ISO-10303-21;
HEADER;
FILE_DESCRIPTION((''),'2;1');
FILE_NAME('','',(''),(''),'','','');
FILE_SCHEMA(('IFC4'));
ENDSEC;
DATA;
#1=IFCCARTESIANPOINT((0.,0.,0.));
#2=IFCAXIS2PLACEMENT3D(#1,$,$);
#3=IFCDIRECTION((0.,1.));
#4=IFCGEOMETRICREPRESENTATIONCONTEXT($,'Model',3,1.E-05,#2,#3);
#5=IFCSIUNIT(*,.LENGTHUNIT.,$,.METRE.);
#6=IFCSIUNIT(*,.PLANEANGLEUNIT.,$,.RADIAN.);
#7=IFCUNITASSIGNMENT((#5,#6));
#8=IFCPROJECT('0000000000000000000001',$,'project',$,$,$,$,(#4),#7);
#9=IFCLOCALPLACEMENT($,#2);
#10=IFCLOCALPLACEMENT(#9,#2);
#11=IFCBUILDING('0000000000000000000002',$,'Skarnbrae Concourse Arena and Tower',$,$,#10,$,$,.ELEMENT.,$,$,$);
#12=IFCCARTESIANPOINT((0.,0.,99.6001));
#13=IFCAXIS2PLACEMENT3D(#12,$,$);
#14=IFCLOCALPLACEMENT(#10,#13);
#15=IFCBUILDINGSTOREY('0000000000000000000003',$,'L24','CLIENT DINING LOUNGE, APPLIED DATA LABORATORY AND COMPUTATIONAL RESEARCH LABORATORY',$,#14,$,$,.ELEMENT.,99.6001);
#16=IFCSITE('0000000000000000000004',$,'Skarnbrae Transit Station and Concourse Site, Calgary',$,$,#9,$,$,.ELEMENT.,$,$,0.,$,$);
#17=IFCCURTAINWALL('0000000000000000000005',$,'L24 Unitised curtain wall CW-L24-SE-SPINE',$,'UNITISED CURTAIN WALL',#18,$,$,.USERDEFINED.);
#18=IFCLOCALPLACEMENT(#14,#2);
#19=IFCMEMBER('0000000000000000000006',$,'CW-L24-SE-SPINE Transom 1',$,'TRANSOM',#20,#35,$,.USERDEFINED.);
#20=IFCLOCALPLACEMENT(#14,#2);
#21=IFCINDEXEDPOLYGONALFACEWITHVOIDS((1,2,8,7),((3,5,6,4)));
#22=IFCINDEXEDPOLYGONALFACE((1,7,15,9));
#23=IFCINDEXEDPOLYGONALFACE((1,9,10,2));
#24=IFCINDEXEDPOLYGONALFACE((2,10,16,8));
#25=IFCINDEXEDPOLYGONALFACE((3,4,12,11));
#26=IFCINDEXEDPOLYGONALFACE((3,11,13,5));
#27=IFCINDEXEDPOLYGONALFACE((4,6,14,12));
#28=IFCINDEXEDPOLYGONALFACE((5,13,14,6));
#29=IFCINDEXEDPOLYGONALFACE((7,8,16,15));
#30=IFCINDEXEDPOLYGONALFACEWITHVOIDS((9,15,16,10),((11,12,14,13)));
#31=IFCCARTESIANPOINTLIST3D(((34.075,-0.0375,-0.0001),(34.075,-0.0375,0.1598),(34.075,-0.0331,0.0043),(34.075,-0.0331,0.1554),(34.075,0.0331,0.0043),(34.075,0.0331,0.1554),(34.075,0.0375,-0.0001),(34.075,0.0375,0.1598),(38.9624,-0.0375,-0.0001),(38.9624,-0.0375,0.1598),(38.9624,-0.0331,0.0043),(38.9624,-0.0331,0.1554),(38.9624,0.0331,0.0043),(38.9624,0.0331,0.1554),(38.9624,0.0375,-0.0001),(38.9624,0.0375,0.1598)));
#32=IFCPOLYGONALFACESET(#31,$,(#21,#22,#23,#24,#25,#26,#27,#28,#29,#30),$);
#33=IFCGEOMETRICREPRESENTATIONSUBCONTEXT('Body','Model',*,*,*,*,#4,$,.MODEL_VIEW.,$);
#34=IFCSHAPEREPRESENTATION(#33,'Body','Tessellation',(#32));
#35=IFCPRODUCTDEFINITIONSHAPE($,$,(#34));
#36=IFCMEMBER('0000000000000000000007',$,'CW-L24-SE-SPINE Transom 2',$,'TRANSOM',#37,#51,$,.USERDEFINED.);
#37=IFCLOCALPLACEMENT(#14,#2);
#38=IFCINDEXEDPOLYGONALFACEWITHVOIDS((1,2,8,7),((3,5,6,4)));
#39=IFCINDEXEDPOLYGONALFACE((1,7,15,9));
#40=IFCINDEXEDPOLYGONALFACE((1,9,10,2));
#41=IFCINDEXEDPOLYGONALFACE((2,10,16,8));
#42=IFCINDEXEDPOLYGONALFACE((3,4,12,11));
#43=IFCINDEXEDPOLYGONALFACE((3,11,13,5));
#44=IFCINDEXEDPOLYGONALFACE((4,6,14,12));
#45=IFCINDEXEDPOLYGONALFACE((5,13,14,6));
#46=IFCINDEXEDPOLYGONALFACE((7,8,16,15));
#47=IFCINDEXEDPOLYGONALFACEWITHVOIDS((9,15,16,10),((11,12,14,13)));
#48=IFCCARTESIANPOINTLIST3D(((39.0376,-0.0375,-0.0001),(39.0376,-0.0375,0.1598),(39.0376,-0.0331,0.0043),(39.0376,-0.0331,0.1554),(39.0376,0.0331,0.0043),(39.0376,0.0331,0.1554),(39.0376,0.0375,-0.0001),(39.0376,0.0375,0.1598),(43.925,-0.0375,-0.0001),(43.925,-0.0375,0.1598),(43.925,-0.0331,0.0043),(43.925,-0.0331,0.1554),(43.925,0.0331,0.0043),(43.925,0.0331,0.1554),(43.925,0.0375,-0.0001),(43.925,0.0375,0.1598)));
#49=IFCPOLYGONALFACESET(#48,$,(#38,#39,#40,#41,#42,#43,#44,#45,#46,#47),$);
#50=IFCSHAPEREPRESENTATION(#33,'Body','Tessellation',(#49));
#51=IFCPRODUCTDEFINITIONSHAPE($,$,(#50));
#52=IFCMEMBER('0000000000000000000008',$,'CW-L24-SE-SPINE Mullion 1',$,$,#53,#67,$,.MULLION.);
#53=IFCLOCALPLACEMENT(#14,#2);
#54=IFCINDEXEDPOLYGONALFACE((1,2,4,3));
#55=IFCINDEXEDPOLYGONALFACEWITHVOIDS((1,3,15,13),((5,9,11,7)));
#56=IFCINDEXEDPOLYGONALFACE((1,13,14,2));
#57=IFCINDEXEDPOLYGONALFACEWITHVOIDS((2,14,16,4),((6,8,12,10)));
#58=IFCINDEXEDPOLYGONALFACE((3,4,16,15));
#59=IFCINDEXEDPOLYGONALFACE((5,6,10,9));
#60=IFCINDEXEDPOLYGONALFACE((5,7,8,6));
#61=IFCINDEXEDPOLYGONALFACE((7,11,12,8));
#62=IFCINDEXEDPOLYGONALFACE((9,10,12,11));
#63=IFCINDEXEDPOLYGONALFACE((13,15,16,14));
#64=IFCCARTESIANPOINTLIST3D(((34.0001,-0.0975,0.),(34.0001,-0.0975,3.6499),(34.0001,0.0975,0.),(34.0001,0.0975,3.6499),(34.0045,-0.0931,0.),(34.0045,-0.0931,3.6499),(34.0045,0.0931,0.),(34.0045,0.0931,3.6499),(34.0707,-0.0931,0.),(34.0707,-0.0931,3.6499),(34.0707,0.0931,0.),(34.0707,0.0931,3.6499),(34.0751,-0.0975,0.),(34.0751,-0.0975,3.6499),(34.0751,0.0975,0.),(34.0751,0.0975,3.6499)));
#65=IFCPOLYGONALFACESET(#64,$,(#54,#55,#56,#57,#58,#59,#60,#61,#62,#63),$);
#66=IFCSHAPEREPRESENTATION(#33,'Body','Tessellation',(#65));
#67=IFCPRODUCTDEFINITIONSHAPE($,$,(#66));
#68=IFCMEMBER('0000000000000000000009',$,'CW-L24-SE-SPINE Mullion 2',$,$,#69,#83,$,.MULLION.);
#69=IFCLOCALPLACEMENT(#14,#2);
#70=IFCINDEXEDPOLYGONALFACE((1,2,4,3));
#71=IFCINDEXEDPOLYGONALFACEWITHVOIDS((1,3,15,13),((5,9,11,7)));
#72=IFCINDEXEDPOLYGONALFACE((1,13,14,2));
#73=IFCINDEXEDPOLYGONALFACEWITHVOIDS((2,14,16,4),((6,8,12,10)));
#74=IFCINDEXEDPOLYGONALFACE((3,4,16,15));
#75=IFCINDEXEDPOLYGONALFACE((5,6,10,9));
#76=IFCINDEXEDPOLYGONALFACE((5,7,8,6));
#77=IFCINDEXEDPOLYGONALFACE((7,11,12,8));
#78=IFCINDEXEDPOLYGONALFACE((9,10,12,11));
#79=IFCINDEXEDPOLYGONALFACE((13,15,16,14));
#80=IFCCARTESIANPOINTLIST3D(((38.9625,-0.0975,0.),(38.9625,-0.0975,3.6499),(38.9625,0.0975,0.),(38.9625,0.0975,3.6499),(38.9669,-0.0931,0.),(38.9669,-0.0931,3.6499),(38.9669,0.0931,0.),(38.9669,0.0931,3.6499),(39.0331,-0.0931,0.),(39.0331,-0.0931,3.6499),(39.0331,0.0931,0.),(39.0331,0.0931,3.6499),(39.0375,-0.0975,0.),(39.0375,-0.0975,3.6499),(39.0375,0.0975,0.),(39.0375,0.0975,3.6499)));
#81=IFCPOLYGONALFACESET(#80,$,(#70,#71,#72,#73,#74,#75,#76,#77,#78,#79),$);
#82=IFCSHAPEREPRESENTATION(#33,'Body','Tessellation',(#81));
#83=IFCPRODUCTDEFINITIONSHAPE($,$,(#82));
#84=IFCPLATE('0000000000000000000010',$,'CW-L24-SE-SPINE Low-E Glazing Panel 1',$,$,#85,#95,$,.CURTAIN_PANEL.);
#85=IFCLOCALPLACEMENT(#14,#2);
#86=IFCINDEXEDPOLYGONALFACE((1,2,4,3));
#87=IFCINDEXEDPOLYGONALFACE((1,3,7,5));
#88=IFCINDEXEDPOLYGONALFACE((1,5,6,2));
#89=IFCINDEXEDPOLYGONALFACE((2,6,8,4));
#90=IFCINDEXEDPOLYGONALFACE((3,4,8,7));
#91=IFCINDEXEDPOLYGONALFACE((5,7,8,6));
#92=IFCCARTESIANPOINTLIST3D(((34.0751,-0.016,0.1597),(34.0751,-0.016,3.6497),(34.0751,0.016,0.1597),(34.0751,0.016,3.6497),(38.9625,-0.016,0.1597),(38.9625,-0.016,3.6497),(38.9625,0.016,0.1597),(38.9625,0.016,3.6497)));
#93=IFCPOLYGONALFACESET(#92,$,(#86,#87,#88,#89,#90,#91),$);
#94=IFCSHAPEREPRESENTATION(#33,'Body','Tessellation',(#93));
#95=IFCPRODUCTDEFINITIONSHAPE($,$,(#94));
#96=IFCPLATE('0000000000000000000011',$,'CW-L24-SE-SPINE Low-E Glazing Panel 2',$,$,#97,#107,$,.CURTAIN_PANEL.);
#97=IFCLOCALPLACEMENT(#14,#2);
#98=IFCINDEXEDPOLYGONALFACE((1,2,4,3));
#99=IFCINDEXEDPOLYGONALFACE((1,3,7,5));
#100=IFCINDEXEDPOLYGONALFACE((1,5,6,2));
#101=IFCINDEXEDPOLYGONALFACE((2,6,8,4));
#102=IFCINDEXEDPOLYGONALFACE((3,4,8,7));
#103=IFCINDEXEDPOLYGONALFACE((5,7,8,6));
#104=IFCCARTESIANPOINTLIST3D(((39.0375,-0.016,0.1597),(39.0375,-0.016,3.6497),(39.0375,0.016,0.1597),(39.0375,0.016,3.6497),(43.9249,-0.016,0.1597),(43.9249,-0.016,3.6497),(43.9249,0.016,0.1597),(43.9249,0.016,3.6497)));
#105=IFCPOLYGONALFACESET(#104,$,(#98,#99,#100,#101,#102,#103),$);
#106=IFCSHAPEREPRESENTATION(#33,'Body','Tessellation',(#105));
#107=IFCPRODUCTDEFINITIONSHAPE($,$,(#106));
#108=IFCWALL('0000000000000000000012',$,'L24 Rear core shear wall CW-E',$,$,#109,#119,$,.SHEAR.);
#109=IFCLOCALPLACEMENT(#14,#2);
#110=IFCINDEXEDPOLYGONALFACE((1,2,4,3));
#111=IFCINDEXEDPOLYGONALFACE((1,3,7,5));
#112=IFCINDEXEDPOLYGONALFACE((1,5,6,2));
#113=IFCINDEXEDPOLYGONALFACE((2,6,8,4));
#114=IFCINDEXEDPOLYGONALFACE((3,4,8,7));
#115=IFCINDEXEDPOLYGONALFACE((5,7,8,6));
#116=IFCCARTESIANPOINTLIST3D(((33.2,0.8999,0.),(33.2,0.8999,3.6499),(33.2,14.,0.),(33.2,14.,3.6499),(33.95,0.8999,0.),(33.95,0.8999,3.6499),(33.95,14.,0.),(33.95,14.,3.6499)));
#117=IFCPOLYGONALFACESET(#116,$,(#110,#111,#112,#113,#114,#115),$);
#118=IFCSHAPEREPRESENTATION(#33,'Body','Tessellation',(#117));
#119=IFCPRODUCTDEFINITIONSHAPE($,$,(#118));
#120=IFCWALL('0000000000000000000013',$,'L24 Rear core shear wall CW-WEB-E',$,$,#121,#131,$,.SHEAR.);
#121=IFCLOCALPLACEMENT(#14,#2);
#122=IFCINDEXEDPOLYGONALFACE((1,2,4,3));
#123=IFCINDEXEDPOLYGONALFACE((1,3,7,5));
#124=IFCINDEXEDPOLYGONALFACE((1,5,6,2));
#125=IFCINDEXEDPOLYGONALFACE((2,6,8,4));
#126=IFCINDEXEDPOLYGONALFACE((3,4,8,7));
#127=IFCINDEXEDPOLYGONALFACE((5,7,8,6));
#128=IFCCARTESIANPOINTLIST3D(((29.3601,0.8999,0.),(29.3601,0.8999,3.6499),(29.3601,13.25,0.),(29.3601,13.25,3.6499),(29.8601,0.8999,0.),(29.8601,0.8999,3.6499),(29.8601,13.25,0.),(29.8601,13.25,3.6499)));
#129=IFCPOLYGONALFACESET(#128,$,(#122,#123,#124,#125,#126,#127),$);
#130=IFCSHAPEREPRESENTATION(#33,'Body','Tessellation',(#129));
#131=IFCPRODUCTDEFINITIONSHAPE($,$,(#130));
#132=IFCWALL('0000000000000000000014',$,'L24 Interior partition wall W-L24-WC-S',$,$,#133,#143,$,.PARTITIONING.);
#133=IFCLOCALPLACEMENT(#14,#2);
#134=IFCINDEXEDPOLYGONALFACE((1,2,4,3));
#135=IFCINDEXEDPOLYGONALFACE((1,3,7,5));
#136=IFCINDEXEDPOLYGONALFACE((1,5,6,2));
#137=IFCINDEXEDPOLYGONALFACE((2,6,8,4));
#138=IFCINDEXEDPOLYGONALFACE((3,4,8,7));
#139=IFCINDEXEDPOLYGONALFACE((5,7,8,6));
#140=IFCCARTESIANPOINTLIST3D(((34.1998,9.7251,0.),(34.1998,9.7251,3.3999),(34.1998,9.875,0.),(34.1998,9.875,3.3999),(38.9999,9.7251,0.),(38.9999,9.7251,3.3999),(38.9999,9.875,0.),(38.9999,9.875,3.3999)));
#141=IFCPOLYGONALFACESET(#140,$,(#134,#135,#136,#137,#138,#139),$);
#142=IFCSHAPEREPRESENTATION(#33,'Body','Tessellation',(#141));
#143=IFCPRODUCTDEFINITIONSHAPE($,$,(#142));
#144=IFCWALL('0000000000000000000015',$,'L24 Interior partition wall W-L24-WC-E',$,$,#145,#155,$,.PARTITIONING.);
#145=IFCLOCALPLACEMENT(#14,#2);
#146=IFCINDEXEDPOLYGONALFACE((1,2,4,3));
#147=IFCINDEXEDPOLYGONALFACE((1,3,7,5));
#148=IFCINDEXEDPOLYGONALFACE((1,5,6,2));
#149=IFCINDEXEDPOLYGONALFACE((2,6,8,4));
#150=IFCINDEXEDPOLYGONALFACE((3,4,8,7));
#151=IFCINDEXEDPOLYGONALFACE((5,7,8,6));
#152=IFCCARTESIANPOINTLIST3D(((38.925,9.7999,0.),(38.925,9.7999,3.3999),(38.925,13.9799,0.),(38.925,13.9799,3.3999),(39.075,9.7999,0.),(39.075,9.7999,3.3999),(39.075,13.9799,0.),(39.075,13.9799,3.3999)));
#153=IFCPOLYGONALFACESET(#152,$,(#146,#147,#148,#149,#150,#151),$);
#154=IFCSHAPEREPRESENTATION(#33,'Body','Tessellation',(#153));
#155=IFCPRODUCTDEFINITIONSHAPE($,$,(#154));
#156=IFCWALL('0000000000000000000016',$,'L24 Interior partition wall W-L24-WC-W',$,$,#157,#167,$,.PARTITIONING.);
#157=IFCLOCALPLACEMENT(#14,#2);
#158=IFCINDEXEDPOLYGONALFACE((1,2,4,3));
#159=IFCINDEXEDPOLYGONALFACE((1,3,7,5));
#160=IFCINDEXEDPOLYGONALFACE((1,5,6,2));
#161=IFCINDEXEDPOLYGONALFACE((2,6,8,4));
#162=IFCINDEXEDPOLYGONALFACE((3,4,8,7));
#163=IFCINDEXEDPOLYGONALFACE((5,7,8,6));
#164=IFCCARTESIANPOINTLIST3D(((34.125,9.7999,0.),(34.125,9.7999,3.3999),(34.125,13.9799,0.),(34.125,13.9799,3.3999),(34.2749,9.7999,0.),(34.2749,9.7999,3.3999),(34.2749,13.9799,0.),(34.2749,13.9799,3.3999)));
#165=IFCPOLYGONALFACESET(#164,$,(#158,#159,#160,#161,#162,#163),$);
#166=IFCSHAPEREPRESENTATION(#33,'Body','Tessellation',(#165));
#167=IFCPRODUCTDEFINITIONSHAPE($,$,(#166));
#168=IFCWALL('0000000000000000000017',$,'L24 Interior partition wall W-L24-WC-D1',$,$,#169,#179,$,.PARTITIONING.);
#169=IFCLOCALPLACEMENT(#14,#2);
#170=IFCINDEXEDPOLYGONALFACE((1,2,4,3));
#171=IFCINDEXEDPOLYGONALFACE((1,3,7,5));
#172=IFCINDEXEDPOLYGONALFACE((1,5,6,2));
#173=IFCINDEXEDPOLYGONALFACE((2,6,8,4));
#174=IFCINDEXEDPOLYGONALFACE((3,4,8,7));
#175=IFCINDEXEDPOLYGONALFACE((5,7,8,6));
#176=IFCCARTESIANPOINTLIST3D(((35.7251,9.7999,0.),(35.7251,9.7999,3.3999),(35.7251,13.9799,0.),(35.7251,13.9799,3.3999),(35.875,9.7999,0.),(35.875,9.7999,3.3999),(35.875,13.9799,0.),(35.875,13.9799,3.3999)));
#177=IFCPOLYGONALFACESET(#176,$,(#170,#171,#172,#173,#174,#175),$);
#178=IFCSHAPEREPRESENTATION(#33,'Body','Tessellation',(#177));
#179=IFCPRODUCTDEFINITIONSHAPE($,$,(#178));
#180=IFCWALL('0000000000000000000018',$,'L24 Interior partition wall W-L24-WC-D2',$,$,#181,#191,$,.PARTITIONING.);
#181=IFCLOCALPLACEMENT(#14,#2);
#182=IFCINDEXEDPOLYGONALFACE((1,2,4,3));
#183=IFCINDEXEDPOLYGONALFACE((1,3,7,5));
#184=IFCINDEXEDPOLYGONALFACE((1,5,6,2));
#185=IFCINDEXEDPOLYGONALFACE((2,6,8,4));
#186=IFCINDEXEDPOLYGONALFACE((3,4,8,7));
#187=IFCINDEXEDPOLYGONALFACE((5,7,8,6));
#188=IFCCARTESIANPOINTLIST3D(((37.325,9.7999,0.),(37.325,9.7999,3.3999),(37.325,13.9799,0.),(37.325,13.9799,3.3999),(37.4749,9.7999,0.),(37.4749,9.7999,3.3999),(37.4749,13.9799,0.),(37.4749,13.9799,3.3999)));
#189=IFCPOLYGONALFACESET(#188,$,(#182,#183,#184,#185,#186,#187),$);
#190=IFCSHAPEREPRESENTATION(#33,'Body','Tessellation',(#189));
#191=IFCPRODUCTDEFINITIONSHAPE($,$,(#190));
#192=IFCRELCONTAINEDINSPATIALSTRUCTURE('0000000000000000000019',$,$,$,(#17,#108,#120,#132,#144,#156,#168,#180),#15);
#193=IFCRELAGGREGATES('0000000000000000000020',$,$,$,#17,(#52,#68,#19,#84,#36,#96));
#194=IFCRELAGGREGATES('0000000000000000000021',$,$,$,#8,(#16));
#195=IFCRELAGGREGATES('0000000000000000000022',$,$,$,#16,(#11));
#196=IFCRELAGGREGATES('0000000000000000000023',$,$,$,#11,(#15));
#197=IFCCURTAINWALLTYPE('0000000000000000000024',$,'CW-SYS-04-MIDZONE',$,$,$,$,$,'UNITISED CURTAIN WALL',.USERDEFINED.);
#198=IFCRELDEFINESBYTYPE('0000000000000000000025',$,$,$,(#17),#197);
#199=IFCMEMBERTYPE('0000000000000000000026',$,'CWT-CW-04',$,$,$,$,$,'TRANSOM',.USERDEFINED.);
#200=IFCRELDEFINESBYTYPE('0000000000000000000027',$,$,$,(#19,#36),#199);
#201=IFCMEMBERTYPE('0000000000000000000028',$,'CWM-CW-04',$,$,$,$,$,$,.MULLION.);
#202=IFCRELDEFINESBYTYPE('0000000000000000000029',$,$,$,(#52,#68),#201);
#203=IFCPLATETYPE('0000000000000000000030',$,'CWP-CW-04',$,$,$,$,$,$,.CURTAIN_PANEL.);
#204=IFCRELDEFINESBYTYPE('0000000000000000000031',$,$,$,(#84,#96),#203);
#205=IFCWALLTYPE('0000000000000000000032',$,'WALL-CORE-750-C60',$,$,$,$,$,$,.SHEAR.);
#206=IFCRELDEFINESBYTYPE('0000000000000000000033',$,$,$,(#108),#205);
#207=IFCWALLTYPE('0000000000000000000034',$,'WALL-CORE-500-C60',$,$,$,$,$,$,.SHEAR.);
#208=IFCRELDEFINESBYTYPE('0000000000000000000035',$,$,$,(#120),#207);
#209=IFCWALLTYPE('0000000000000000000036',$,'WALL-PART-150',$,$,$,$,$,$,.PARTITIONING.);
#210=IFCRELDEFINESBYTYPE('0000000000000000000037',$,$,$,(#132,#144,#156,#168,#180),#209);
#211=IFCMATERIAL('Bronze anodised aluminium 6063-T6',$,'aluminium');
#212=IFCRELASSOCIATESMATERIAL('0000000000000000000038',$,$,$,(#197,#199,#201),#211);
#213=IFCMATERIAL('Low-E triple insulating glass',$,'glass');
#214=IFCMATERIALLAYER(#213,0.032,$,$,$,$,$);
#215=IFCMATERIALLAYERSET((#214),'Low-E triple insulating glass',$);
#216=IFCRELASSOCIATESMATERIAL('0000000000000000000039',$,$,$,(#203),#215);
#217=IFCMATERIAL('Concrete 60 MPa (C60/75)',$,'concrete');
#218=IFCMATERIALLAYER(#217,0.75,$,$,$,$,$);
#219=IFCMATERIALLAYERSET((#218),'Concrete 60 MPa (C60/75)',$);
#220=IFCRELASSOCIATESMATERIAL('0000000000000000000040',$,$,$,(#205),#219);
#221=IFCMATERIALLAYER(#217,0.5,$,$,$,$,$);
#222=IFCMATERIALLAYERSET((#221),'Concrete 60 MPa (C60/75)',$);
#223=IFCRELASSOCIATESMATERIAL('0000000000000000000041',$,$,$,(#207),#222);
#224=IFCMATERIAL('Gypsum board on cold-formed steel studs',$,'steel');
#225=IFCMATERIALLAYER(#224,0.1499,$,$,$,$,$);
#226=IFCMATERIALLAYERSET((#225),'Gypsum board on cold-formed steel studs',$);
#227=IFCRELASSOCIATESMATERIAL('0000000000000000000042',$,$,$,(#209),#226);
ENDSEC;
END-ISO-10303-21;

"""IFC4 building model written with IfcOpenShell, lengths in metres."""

from ifc_helpers import new_model, si_unit, direction, frame, frame_2d, origin, origin_2d, place, context, subcontext, project, spatial, rectangle, hollow_rectangle, extrude, source, transform, mapped, material, layer, layer_set, material_profile, profile_set, type_object, element, aggregate, save


model = new_model("IFC4")

# Units and contexts
model_context = context("Model", 3, precision=1e-05, world=origin(), true_north=direction((0.0, 1.0)))
body_context = subcontext(model_context, "Body", "Model", "MODEL_VIEW")
ifc_project = project(units=[si_unit("LENGTHUNIT", "METRE"), si_unit("PLANEANGLEUNIT", "RADIAN")], contexts=[model_context])

# Site, building, storey
site_placement = place(None, origin())
site = spatial("IfcSite", under=ifc_project, at=site_placement, Name="Skarnbrae Transit Station and Concourse Site, Calgary", CompositionType="ELEMENT", RefElevation=0.0)
building_placement = place(site_placement, origin())
building = spatial("IfcBuilding", under=site, at=building_placement, Name="Skarnbrae Concourse Arena and Tower", CompositionType="ELEMENT")
storey_placement = place(building_placement, frame((0.0, 0.0, 99.6001)))
storey = spatial("IfcBuildingStorey", under=building, at=storey_placement, Name="L24", Description="CLIENT DINING LOUNGE, APPLIED DATA LABORATORY AND COMPUTATIONAL RESEARCH LABORATORY", CompositionType="ELEMENT", Elevation=99.6001)

# Curtain wall, members, plates
ifc_material_1 = material(Name="Bronze anodised aluminium 6063-T6", Category="aluminium")
curtain_wall_type = type_object("IfcCurtainWallType", Name="CW-SYS-04-MIDZONE", ElementType="UNITISED CURTAIN WALL", PredefinedType="USERDEFINED", material=ifc_material_1)
curtain_wall_placement = place(storey_placement, origin())
curtain_wall = element("IfcCurtainWall", 1, at=curtain_wall_placement, inside=storey, type_object=curtain_wall_type, Name="L24 Unitised curtain wall CW-L24-SE-SPINE", ObjectType="UNITISED CURTAIN WALL", PredefinedType="USERDEFINED")
ifc_material_profile_1 = material_profile(ifc_material_1, hollow_rectangle(XDim=0.075, YDim=0.1599, WallThickness=0.0044, at=origin_2d()), Name="ALU-TRAN-75X160")
ifc_profile_set_1 = profile_set([ifc_material_profile_1], Name="Bronze anodised aluminium 6063-T6")
member_type_1 = type_object("IfcMemberType", Name="CWT-CW-04", ElementType="TRANSOM", PredefinedType="USERDEFINED", material=ifc_profile_set_1)
shared_shape_1 = source(origin(), body_context, "Body", "SweptSolid", [
    extrude(hollow_rectangle(XDim=0.075, YDim=0.1599, WallThickness=0.0044, at=origin_2d()), origin(), (0.0, 0.0, 1.0), 4.8875),
])
member_1_placement = place(storey_placement, frame((34.075, 0.0, 0.0798), z_axis=(1.0, 0.0, 0.0), x_axis=(0.0, 1.0, 0.0)))
member_1 = element("IfcMember", 2, at=member_1_placement, type_object=member_type_1, Name="CW-L24-SE-SPINE Transom 1", ObjectType="TRANSOM", PredefinedType="USERDEFINED", context=body_context, shape_type="MappedRepresentation", body=[
    mapped(shared_shape_1, transform((0.0, 0.0, 0.0))),
])
member_2_placement = place(storey_placement, frame((39.0376, 0.0, 0.0798), z_axis=(1.0, 0.0, 0.0), x_axis=(0.0, 1.0, 0.0)))
member_2 = element("IfcMember", 3, at=member_2_placement, type_object=member_type_1, Name="CW-L24-SE-SPINE Transom 2", ObjectType="TRANSOM", PredefinedType="USERDEFINED", context=body_context, shape_type="MappedRepresentation", body=[
    mapped(shared_shape_1, transform((0.0, 0.0, 0.0))),
])
ifc_material_profile_2 = material_profile(ifc_material_1, hollow_rectangle(XDim=0.075, YDim=0.1951, WallThickness=0.0044, at=origin_2d()), Name="ALU-MULL-75X195")
ifc_profile_set_2 = profile_set([ifc_material_profile_2], Name="Bronze anodised aluminium 6063-T6")
member_type_2 = type_object("IfcMemberType", Name="CWM-CW-04", PredefinedType="MULLION", material=ifc_profile_set_2)
shared_shape_2 = source(origin(), body_context, "Body", "SweptSolid", [
    extrude(hollow_rectangle(XDim=0.075, YDim=0.1951, WallThickness=0.0044, at=origin_2d()), origin(), (0.0, 0.0, 1.0), 3.6499),
])
member_3_placement = place(storey_placement, frame((34.0376, 0.0, 0.0), z_axis=(0.0, 0.0, 1.0), x_axis=(1.0, 0.0, 0.0)))
member_3 = element("IfcMember", 4, at=member_3_placement, type_object=member_type_2, Name="CW-L24-SE-SPINE Mullion 1", PredefinedType="MULLION", context=body_context, shape_type="MappedRepresentation", body=[
    mapped(shared_shape_2, transform((0.0, 0.0, 0.0))),
])
member_4_placement = place(storey_placement, frame((39.0, 0.0, 0.0), z_axis=(0.0, 0.0, 1.0), x_axis=(1.0, 0.0, 0.0)))
member_4 = element("IfcMember", 5, at=member_4_placement, type_object=member_type_2, Name="CW-L24-SE-SPINE Mullion 2", PredefinedType="MULLION", context=body_context, shape_type="MappedRepresentation", body=[
    mapped(shared_shape_2, transform((0.0, 0.0, 0.0))),
])
ifc_material_2 = material(Name="Low-E triple insulating glass", Category="glass")
ifc_layer_1 = layer(ifc_material_2, 0.032)
ifc_layer_set_1 = layer_set([ifc_layer_1], Name="Low-E triple insulating glass")
plate_type = type_object("IfcPlateType", Name="CWP-CW-04", PredefinedType="CURTAIN_PANEL", material=ifc_layer_set_1)
shared_shape_3 = source(origin(), body_context, "Body", "SweptSolid", [
    extrude(rectangle(XDim=4.8875, YDim=0.032, at=origin_2d()), origin(), (0.0, 0.0, 1.0), 3.49),
])
plate_1_placement = place(storey_placement, frame((36.5188, 0.0, 0.1597), z_axis=(0.0, 0.0, 1.0), x_axis=(1.0, 0.0, 0.0)))
plate_1 = element("IfcPlate", 6, at=plate_1_placement, type_object=plate_type, Name="CW-L24-SE-SPINE Low-E Glazing Panel 1", PredefinedType="CURTAIN_PANEL", context=body_context, shape_type="MappedRepresentation", body=[
    mapped(shared_shape_3, transform((0.0, 0.0, 0.0))),
])
plate_2_placement = place(storey_placement, frame((41.4812, 0.0, 0.1597), z_axis=(0.0, 0.0, 1.0), x_axis=(1.0, 0.0, 0.0)))
plate_2 = element("IfcPlate", 7, at=plate_2_placement, type_object=plate_type, Name="CW-L24-SE-SPINE Low-E Glazing Panel 2", PredefinedType="CURTAIN_PANEL", context=body_context, shape_type="MappedRepresentation", body=[
    mapped(shared_shape_3, transform((0.0, 0.0, 0.0))),
])
aggregate(curtain_wall, [member_3, member_4, member_1, plate_1, member_2, plate_2])

# Walls
ifc_material_3 = material(Name="Concrete 60 MPa (C60/75)", Category="concrete")
ifc_layer_2 = layer(ifc_material_3, 0.75)
ifc_layer_set_2 = layer_set([ifc_layer_2], Name="Concrete 60 MPa (C60/75)")
wall_type_1 = type_object("IfcWallType", Name="WALL-CORE-750-C60", PredefinedType="SHEAR", material=ifc_layer_set_2)
shared_shape_4 = source(origin(), body_context, "Body", "SweptSolid", [
    extrude(rectangle(XDim=13.1001, YDim=0.75, at=frame_2d((6.55, 0.0))), origin(), (0.0, 0.0, 1.0), 3.6499),
])
wall_1_placement = place(storey_placement, frame((33.575, 0.8999, 0.0), z_axis=(0.0, 0.0, 1.0), x_axis=(0.0, 1.0, 0.0)))
element("IfcWall", 8, at=wall_1_placement, inside=storey, type_object=wall_type_1, Name="L24 Rear core shear wall CW-E", PredefinedType="SHEAR", context=body_context, shape_type="MappedRepresentation", body=[
    mapped(shared_shape_4, transform((0.0, 0.0, 0.0))),
])
ifc_layer_3 = layer(ifc_material_3, 0.5)
ifc_layer_set_3 = layer_set([ifc_layer_3], Name="Concrete 60 MPa (C60/75)")
wall_type_2 = type_object("IfcWallType", Name="WALL-CORE-500-C60", PredefinedType="SHEAR", material=ifc_layer_set_3)
shared_shape_5 = source(origin(), body_context, "Body", "SweptSolid", [
    extrude(rectangle(XDim=12.3501, YDim=0.5, at=frame_2d((6.175, 0.0))), origin(), (0.0, 0.0, 1.0), 3.6499),
])
wall_2_placement = place(storey_placement, frame((29.6101, 0.8999, 0.0), z_axis=(0.0, 0.0, 1.0), x_axis=(0.0, 1.0, 0.0)))
element("IfcWall", 9, at=wall_2_placement, inside=storey, type_object=wall_type_2, Name="L24 Rear core shear wall CW-WEB-E", PredefinedType="SHEAR", context=body_context, shape_type="MappedRepresentation", body=[
    mapped(shared_shape_5, transform((0.0, 0.0, 0.0))),
])
ifc_material_4 = material(Name="Gypsum board on cold-formed steel studs", Category="steel")
ifc_layer_4 = layer(ifc_material_4, 0.1499)
ifc_layer_set_4 = layer_set([ifc_layer_4], Name="Gypsum board on cold-formed steel studs")
wall_type_3 = type_object("IfcWallType", Name="WALL-PART-150", PredefinedType="PARTITIONING", material=ifc_layer_set_4)
shared_shape_6 = source(origin(), body_context, "Body", "SweptSolid", [
    extrude(rectangle(XDim=4.8, YDim=0.1499, at=frame_2d((2.3999, 0.0))), origin(), (0.0, 0.0, 1.0), 3.3999),
])
wall_3_placement = place(storey_placement, frame((34.2, 9.8, 0.0), z_axis=(0.0, 0.0, 1.0), x_axis=(1.0, 0.0, 0.0)))
element("IfcWall", 10, at=wall_3_placement, inside=storey, type_object=wall_type_3, Name="L24 Interior partition wall W-L24-WC-S", PredefinedType="PARTITIONING", context=body_context, shape_type="MappedRepresentation", body=[
    mapped(shared_shape_6, transform((0.0, 0.0, 0.0))),
])
shared_shape_7 = source(origin(), body_context, "Body", "SweptSolid", [
    extrude(rectangle(XDim=4.1799, YDim=0.1499, at=frame_2d((2.0898, 0.0))), origin(), (0.0, 0.0, 1.0), 3.3999),
])
for number, where, z_axis, x_axis, name in (
    (11, (39.0, 9.8, 0.0), (0.0, 0.0, 1.0), (0.0, 1.0, 0.0), "L24 Interior partition wall W-L24-WC-E"),
    (12, (34.2, 9.8, 0.0), (0.0, 0.0, 1.0), (0.0, 1.0, 0.0), "L24 Interior partition wall W-L24-WC-W"),
    (13, (35.8, 9.8, 0.0), (0.0, 0.0, 1.0), (0.0, 1.0, 0.0), "L24 Interior partition wall W-L24-WC-D1"),
    (14, (37.3999, 9.8, 0.0), (0.0, 0.0, 1.0), (0.0, 1.0, 0.0), "L24 Interior partition wall W-L24-WC-D2"),
):
    element("IfcWall", number, at=place(storey_placement, frame(where, z_axis=z_axis, x_axis=x_axis)), inside=storey, type_object=wall_type_3, Name=name, PredefinedType="PARTITIONING", context=body_context, shape_type="MappedRepresentation", body=[
        mapped(shared_shape_7, transform((0.0, 0.0, 0.0))),
    ])

save(model, "model.ifc")
